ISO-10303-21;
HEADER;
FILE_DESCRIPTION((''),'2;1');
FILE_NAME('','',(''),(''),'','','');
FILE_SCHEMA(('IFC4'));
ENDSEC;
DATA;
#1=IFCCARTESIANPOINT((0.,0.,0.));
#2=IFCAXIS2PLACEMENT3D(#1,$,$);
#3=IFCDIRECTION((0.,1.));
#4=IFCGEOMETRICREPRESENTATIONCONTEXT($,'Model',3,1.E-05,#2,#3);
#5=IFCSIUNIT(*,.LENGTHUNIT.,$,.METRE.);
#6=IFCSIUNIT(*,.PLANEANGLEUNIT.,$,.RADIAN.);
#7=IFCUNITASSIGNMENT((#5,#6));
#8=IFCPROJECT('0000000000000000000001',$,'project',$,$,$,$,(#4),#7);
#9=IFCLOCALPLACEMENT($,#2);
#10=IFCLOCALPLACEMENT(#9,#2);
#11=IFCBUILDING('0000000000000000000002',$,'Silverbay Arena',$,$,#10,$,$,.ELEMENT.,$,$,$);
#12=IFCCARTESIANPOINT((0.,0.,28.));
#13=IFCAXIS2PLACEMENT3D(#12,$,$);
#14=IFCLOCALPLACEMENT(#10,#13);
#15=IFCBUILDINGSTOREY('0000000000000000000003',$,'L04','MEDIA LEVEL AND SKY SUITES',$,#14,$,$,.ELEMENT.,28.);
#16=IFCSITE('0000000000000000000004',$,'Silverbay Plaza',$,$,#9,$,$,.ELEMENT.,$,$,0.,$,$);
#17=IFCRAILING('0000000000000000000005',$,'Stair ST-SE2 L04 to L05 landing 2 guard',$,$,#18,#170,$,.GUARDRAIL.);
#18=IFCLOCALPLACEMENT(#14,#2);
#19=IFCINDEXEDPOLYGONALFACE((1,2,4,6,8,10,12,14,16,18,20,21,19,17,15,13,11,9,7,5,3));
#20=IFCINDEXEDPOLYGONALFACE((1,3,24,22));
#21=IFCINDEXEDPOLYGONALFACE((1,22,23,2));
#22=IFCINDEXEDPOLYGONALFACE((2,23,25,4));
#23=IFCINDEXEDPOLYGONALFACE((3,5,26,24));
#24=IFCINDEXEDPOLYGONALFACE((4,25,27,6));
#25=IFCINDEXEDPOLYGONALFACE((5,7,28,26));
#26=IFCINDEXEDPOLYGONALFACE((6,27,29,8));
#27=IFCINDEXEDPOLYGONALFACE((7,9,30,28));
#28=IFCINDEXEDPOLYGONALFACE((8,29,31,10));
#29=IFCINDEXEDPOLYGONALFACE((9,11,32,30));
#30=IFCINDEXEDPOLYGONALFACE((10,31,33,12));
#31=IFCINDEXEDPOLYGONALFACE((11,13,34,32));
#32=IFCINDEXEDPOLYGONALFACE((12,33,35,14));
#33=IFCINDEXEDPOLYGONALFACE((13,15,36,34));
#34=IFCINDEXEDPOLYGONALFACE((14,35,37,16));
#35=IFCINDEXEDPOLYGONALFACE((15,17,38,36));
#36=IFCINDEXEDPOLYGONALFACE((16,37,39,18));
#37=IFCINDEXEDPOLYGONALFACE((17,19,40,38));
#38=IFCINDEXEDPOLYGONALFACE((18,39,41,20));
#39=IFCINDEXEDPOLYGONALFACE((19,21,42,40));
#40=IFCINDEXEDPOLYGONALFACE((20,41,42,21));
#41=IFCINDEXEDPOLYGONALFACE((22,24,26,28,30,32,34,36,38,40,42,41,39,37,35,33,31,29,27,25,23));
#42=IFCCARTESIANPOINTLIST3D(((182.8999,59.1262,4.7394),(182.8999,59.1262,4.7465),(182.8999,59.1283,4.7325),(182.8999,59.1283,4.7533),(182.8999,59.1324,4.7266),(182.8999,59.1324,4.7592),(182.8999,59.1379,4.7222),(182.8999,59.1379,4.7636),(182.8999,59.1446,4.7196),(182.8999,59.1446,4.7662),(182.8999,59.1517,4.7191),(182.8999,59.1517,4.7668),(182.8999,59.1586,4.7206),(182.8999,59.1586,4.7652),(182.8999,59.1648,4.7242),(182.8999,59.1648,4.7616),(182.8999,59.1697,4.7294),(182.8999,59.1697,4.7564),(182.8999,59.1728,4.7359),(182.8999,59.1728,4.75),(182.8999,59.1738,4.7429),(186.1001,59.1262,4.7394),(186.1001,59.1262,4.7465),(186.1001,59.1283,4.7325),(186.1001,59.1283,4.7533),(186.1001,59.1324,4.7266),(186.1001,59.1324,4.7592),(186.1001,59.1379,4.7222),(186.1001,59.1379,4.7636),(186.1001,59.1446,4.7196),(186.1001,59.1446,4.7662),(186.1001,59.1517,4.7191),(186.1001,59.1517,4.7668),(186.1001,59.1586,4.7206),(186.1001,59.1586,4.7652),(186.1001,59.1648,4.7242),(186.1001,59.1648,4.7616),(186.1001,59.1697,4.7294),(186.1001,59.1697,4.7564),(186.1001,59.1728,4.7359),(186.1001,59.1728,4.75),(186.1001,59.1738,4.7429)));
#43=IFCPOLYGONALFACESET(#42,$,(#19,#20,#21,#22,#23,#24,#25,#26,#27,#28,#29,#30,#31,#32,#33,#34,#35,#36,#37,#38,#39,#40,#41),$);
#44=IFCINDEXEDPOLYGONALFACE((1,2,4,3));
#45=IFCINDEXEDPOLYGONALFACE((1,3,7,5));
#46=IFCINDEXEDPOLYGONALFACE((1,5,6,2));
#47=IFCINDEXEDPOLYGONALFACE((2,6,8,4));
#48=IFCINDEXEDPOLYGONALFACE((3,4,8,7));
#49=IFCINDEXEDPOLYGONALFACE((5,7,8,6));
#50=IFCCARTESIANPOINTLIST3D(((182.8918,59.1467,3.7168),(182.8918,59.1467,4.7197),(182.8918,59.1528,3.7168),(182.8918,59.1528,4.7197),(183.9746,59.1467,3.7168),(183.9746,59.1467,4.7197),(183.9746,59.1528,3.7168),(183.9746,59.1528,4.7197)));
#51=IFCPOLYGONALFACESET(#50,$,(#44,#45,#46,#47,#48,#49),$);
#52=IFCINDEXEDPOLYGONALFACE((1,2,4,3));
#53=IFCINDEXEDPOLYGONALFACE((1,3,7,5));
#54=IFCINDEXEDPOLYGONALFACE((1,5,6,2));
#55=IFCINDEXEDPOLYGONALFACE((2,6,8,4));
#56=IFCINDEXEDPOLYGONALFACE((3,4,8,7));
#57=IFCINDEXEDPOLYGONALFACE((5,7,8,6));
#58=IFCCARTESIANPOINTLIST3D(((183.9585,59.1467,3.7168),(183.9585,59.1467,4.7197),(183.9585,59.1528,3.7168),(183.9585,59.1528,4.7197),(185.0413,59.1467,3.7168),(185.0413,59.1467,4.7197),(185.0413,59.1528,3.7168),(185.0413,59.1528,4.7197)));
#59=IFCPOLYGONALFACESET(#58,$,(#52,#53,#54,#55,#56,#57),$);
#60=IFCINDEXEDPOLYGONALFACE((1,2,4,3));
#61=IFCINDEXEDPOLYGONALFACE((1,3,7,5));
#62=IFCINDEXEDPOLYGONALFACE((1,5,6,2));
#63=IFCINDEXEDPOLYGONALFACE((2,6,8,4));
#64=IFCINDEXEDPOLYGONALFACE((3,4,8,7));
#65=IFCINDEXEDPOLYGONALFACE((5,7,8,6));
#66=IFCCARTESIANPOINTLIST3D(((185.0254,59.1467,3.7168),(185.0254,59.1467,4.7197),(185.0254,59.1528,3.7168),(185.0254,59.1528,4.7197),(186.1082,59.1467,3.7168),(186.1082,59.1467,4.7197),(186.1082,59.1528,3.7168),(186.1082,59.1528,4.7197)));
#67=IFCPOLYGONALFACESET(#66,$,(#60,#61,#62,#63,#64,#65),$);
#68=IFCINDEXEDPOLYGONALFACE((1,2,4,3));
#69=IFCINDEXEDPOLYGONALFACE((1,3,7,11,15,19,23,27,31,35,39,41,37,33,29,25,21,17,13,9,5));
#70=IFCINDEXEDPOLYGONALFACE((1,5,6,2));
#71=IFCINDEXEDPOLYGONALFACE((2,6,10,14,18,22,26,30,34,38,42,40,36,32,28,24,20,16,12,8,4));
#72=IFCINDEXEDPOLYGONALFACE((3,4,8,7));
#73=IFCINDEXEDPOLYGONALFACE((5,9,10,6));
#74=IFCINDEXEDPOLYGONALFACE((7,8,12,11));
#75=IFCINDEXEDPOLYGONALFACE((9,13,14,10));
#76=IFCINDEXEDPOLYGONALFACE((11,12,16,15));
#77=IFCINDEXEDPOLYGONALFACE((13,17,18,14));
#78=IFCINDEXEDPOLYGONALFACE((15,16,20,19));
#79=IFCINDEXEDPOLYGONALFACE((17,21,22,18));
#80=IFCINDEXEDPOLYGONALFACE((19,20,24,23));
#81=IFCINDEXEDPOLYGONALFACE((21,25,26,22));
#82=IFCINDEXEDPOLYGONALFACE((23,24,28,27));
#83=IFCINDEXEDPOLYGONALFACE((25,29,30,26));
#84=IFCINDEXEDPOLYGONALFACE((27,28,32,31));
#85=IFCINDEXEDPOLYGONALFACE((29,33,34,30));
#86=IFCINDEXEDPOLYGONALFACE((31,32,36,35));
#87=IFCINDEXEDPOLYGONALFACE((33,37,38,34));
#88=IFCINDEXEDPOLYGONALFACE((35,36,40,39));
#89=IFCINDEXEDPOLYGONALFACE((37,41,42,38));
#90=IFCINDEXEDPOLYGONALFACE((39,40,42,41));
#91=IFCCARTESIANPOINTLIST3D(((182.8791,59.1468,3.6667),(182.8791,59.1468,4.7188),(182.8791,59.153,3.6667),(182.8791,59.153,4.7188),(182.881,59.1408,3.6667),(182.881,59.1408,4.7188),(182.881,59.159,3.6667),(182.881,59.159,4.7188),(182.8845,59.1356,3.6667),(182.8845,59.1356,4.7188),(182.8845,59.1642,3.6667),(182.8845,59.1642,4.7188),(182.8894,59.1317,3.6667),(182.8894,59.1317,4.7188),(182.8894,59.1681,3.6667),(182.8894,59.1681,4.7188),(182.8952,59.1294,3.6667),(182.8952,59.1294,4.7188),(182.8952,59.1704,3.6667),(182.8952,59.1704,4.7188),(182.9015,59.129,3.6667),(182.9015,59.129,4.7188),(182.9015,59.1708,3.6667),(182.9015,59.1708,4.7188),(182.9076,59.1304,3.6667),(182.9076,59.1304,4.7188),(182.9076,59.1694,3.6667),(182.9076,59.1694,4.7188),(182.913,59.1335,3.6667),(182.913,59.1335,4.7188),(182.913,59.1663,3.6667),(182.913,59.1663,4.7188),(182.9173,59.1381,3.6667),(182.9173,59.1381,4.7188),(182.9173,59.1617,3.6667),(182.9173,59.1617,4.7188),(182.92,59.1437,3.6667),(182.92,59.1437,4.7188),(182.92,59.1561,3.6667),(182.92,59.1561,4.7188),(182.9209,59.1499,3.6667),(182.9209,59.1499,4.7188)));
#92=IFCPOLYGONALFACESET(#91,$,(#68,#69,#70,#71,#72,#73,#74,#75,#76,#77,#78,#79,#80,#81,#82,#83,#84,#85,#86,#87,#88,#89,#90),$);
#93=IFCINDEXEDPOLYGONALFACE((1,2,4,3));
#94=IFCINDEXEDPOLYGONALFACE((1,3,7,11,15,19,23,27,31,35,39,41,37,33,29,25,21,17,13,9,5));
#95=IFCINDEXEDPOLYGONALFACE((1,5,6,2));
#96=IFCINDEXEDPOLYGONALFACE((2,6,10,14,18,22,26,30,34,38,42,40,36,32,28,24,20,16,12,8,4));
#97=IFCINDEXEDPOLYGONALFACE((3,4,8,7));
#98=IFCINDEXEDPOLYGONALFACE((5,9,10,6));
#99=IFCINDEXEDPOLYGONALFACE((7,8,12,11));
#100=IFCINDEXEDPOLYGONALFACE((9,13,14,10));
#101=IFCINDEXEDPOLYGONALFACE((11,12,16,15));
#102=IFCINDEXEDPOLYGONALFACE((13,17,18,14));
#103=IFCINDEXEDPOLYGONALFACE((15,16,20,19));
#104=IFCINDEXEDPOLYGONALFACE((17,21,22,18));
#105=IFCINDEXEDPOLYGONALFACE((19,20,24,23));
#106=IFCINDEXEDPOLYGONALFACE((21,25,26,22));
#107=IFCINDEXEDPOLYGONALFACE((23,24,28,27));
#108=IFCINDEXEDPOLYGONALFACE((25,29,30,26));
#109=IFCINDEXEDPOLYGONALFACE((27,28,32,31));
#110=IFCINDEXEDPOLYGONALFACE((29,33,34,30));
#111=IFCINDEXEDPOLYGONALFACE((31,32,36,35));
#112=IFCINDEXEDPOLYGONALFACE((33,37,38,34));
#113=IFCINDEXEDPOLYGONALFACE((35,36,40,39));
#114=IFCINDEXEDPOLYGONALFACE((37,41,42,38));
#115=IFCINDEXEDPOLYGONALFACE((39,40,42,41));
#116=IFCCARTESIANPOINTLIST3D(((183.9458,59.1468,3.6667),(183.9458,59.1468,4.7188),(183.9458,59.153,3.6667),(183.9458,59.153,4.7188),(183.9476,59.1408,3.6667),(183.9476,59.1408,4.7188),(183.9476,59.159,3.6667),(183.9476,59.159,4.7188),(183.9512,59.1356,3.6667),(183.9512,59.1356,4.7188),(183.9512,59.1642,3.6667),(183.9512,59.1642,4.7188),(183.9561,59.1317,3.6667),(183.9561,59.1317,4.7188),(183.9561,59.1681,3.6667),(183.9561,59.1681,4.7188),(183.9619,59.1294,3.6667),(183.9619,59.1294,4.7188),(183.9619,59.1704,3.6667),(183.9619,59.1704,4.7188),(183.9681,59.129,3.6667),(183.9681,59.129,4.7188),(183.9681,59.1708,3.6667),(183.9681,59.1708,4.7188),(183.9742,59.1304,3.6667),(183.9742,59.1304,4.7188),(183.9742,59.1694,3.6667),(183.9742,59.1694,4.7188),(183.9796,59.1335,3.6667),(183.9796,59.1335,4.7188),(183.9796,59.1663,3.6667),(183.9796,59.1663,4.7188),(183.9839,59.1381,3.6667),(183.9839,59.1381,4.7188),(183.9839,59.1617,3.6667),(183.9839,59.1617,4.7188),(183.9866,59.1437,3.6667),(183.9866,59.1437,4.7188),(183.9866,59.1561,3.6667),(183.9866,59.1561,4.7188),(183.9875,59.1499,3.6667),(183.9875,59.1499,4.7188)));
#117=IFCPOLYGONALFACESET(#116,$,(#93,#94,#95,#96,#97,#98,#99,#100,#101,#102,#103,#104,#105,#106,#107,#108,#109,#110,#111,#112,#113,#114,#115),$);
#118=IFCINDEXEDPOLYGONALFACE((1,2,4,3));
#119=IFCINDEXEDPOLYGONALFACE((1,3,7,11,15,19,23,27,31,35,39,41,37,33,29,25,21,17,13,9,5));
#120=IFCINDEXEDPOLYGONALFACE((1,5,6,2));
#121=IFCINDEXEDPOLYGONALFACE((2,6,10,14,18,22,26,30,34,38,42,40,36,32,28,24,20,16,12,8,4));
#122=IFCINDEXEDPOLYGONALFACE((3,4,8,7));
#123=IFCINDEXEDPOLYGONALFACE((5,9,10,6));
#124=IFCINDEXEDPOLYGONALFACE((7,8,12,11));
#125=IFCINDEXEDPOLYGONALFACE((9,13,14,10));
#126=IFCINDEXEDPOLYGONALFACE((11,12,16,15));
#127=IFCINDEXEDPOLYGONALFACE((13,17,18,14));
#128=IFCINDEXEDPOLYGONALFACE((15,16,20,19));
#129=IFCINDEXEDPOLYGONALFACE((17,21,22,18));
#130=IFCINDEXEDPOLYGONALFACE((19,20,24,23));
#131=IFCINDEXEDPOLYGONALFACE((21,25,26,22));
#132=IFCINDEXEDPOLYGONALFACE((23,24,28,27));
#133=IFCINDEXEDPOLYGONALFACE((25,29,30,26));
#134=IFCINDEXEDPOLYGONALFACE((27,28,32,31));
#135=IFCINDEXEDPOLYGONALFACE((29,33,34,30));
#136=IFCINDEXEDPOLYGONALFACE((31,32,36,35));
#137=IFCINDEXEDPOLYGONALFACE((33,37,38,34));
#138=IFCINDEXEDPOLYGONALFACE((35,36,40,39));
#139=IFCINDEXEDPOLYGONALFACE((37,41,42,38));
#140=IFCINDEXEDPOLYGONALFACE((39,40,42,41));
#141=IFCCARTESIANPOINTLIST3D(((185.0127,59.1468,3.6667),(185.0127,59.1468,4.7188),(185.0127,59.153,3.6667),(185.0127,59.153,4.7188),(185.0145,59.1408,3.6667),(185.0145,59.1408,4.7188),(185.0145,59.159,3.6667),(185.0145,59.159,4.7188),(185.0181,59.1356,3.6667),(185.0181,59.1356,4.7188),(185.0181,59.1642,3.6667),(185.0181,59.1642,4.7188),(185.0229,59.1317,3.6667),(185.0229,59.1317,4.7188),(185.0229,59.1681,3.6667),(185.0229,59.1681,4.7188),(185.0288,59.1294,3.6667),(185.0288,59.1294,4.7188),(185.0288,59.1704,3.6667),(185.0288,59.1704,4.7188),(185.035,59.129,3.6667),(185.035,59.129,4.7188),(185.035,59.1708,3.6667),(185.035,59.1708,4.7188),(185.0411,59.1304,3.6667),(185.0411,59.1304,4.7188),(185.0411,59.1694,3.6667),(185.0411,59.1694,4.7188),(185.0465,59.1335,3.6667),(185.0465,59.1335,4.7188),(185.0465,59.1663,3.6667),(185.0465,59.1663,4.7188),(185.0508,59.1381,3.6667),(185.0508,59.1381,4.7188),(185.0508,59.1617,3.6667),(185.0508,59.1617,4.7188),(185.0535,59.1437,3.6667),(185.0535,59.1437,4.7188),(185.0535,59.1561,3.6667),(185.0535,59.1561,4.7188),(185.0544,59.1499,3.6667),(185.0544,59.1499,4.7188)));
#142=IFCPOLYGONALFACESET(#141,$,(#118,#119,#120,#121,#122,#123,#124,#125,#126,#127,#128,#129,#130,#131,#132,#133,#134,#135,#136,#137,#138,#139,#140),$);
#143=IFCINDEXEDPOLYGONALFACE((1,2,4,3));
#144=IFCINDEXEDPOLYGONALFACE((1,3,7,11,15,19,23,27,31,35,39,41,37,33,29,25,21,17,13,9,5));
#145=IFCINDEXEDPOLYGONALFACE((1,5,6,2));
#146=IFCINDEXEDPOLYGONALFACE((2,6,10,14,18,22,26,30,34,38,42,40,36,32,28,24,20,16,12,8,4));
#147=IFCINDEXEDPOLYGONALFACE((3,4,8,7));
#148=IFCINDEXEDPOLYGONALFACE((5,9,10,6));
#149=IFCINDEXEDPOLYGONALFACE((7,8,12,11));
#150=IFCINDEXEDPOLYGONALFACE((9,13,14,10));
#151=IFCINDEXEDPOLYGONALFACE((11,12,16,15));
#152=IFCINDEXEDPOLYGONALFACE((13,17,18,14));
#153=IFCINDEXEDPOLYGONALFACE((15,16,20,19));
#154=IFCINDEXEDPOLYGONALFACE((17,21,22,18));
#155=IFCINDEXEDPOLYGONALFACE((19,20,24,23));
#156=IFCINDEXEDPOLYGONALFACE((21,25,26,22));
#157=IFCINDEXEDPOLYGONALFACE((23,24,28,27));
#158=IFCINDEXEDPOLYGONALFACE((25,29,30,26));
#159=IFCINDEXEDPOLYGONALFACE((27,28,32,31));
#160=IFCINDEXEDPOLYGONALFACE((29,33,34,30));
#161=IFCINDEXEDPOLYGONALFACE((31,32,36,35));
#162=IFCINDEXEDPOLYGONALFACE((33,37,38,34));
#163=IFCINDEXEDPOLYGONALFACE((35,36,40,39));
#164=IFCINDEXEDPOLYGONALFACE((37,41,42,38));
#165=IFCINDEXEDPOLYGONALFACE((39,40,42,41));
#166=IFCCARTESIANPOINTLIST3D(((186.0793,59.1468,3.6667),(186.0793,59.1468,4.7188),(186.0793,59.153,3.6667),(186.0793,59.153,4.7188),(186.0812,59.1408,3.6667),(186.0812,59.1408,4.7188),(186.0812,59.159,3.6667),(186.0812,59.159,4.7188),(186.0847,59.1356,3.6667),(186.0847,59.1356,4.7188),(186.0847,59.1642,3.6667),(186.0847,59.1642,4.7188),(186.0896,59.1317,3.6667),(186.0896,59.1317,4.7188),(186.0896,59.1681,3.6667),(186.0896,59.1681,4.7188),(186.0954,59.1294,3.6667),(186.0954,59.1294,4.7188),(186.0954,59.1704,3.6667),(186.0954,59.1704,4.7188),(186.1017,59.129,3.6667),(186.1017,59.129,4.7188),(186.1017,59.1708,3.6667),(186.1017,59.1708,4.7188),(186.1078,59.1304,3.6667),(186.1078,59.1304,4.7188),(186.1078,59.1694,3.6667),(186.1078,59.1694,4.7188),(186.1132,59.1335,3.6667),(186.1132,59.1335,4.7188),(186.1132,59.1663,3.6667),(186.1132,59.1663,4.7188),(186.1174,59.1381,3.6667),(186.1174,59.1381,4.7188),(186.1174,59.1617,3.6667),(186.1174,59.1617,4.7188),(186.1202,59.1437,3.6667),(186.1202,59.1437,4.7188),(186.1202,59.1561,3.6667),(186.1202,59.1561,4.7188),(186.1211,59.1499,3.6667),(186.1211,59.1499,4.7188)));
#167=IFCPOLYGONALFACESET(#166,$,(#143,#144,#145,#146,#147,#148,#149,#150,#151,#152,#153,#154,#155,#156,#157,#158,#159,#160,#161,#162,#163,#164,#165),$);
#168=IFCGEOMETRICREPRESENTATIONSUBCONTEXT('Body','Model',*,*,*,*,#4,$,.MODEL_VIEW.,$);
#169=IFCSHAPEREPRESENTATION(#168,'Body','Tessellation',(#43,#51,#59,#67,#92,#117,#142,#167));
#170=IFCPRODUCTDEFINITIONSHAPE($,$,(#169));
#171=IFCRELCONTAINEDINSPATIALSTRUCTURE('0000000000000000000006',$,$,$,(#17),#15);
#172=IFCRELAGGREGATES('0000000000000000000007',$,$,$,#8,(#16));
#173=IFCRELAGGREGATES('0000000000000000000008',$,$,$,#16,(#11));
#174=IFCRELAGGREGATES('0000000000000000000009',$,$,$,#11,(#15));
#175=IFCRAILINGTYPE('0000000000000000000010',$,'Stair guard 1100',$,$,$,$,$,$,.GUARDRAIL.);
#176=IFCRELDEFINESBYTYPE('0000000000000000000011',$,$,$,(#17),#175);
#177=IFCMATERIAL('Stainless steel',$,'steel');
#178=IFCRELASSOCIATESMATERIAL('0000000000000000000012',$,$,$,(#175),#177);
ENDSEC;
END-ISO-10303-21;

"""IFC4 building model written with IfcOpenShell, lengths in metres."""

from ifc_helpers import new_model, si_unit, direction, frame, origin, origin_2d, place, context, subcontext, project, spatial, polyline, circle, outline, extrude, material, type_object, element, save


model = new_model("IFC4")

# Units and contexts
model_context = context("Model", 3, precision=1e-05, world=origin(), true_north=direction((0.0, 1.0)))
body_context = subcontext(model_context, "Body", "Model", "MODEL_VIEW")
ifc_project = project(units=[si_unit("LENGTHUNIT", "METRE"), si_unit("PLANEANGLEUNIT", "RADIAN")], contexts=[model_context])

# Site, building, storey
site_placement = place(None, origin())
site = spatial("IfcSite", under=ifc_project, at=site_placement, Name="Silverbay Plaza", CompositionType="ELEMENT", RefElevation=0.0)
building_placement = place(site_placement, origin())
building = spatial("IfcBuilding", under=site, at=building_placement, Name="Silverbay Arena", CompositionType="ELEMENT")
storey_placement = place(building_placement, frame((0.0, 0.0, 28.0)))
storey = spatial("IfcBuildingStorey", under=building, at=storey_placement, Name="L04", Description="MEDIA LEVEL AND SKY SUITES", CompositionType="ELEMENT", Elevation=28.0)

# Railing
ifc_material_1 = material(Name="Stainless steel", Category="steel")
railing_type_1 = type_object("IfcRailingType", Name="Stair guard 1100", PredefinedType="GUARDRAIL", material=ifc_material_1)
for number, where, name in (
    (1, (182.8999, 59.1499, 3.6667), "Stair ST-SE2 L04 to L05 landing 2 guard"),
):
    element("IfcRailing", number, at=place(storey_placement, frame(where)), inside=storey, type_object=railing_type_1, Name=name, PredefinedType="GUARDRAIL", context=body_context, shape_type="SweptSolid", body=[
        extrude(circle(Radius=0.0239, at=origin_2d()), frame((0.0, 0.0, 1.0762), z_axis=(1.0, 0.0, 0.0), x_axis=(0.0, 1.0, 0.0)), (0.0, 0.0, 1.0), 3.2002),
        extrude(outline(polyline([(-0.0081, 0.05), (1.0747, 0.05), (1.0747, 1.053), (-0.0081, 1.053), (-0.0081, 0.05)])), frame((0.0, 0.0029, 0.0), z_axis=(0.0, -1.0, 0.0), x_axis=(1.0, 0.0, 0.0)), (0.0, 0.0, 1.0), 0.0061),
        extrude(outline(polyline([(-0.0081, 0.05), (1.0747, 0.05), (1.0747, 1.053), (-0.0081, 1.053), (-0.0081, 0.05)])), frame((1.0667, 0.0029, 0.0), z_axis=(0.0, -1.0, 0.0), x_axis=(1.0, 0.0, 0.0)), (0.0, 0.0, 1.0), 0.0061),
        extrude(outline(polyline([(-0.0081, 0.05), (1.0747, 0.05), (1.0747, 1.053), (-0.0081, 1.053), (-0.0081, 0.05)])), frame((2.1335, 0.0029, 0.0), z_axis=(0.0, -1.0, 0.0), x_axis=(1.0, 0.0, 0.0)), (0.0, 0.0, 1.0), 0.0061),
        extrude(circle(Radius=0.021, at=origin_2d()), origin(), (0.0, 0.0, 1.0), 1.052),
        extrude(circle(Radius=0.021, at=origin_2d()), frame((1.0667, 0.0, 0.0)), (0.0, 0.0, 1.0), 1.052),
        extrude(circle(Radius=0.021, at=origin_2d()), frame((2.1335, 0.0, 0.0)), (0.0, 0.0, 1.0), 1.052),
        extrude(circle(Radius=0.021, at=origin_2d()), frame((3.2002, 0.0, 0.0)), (0.0, 0.0, 1.0), 1.052),
    ])

save(model, "model.ifc")
